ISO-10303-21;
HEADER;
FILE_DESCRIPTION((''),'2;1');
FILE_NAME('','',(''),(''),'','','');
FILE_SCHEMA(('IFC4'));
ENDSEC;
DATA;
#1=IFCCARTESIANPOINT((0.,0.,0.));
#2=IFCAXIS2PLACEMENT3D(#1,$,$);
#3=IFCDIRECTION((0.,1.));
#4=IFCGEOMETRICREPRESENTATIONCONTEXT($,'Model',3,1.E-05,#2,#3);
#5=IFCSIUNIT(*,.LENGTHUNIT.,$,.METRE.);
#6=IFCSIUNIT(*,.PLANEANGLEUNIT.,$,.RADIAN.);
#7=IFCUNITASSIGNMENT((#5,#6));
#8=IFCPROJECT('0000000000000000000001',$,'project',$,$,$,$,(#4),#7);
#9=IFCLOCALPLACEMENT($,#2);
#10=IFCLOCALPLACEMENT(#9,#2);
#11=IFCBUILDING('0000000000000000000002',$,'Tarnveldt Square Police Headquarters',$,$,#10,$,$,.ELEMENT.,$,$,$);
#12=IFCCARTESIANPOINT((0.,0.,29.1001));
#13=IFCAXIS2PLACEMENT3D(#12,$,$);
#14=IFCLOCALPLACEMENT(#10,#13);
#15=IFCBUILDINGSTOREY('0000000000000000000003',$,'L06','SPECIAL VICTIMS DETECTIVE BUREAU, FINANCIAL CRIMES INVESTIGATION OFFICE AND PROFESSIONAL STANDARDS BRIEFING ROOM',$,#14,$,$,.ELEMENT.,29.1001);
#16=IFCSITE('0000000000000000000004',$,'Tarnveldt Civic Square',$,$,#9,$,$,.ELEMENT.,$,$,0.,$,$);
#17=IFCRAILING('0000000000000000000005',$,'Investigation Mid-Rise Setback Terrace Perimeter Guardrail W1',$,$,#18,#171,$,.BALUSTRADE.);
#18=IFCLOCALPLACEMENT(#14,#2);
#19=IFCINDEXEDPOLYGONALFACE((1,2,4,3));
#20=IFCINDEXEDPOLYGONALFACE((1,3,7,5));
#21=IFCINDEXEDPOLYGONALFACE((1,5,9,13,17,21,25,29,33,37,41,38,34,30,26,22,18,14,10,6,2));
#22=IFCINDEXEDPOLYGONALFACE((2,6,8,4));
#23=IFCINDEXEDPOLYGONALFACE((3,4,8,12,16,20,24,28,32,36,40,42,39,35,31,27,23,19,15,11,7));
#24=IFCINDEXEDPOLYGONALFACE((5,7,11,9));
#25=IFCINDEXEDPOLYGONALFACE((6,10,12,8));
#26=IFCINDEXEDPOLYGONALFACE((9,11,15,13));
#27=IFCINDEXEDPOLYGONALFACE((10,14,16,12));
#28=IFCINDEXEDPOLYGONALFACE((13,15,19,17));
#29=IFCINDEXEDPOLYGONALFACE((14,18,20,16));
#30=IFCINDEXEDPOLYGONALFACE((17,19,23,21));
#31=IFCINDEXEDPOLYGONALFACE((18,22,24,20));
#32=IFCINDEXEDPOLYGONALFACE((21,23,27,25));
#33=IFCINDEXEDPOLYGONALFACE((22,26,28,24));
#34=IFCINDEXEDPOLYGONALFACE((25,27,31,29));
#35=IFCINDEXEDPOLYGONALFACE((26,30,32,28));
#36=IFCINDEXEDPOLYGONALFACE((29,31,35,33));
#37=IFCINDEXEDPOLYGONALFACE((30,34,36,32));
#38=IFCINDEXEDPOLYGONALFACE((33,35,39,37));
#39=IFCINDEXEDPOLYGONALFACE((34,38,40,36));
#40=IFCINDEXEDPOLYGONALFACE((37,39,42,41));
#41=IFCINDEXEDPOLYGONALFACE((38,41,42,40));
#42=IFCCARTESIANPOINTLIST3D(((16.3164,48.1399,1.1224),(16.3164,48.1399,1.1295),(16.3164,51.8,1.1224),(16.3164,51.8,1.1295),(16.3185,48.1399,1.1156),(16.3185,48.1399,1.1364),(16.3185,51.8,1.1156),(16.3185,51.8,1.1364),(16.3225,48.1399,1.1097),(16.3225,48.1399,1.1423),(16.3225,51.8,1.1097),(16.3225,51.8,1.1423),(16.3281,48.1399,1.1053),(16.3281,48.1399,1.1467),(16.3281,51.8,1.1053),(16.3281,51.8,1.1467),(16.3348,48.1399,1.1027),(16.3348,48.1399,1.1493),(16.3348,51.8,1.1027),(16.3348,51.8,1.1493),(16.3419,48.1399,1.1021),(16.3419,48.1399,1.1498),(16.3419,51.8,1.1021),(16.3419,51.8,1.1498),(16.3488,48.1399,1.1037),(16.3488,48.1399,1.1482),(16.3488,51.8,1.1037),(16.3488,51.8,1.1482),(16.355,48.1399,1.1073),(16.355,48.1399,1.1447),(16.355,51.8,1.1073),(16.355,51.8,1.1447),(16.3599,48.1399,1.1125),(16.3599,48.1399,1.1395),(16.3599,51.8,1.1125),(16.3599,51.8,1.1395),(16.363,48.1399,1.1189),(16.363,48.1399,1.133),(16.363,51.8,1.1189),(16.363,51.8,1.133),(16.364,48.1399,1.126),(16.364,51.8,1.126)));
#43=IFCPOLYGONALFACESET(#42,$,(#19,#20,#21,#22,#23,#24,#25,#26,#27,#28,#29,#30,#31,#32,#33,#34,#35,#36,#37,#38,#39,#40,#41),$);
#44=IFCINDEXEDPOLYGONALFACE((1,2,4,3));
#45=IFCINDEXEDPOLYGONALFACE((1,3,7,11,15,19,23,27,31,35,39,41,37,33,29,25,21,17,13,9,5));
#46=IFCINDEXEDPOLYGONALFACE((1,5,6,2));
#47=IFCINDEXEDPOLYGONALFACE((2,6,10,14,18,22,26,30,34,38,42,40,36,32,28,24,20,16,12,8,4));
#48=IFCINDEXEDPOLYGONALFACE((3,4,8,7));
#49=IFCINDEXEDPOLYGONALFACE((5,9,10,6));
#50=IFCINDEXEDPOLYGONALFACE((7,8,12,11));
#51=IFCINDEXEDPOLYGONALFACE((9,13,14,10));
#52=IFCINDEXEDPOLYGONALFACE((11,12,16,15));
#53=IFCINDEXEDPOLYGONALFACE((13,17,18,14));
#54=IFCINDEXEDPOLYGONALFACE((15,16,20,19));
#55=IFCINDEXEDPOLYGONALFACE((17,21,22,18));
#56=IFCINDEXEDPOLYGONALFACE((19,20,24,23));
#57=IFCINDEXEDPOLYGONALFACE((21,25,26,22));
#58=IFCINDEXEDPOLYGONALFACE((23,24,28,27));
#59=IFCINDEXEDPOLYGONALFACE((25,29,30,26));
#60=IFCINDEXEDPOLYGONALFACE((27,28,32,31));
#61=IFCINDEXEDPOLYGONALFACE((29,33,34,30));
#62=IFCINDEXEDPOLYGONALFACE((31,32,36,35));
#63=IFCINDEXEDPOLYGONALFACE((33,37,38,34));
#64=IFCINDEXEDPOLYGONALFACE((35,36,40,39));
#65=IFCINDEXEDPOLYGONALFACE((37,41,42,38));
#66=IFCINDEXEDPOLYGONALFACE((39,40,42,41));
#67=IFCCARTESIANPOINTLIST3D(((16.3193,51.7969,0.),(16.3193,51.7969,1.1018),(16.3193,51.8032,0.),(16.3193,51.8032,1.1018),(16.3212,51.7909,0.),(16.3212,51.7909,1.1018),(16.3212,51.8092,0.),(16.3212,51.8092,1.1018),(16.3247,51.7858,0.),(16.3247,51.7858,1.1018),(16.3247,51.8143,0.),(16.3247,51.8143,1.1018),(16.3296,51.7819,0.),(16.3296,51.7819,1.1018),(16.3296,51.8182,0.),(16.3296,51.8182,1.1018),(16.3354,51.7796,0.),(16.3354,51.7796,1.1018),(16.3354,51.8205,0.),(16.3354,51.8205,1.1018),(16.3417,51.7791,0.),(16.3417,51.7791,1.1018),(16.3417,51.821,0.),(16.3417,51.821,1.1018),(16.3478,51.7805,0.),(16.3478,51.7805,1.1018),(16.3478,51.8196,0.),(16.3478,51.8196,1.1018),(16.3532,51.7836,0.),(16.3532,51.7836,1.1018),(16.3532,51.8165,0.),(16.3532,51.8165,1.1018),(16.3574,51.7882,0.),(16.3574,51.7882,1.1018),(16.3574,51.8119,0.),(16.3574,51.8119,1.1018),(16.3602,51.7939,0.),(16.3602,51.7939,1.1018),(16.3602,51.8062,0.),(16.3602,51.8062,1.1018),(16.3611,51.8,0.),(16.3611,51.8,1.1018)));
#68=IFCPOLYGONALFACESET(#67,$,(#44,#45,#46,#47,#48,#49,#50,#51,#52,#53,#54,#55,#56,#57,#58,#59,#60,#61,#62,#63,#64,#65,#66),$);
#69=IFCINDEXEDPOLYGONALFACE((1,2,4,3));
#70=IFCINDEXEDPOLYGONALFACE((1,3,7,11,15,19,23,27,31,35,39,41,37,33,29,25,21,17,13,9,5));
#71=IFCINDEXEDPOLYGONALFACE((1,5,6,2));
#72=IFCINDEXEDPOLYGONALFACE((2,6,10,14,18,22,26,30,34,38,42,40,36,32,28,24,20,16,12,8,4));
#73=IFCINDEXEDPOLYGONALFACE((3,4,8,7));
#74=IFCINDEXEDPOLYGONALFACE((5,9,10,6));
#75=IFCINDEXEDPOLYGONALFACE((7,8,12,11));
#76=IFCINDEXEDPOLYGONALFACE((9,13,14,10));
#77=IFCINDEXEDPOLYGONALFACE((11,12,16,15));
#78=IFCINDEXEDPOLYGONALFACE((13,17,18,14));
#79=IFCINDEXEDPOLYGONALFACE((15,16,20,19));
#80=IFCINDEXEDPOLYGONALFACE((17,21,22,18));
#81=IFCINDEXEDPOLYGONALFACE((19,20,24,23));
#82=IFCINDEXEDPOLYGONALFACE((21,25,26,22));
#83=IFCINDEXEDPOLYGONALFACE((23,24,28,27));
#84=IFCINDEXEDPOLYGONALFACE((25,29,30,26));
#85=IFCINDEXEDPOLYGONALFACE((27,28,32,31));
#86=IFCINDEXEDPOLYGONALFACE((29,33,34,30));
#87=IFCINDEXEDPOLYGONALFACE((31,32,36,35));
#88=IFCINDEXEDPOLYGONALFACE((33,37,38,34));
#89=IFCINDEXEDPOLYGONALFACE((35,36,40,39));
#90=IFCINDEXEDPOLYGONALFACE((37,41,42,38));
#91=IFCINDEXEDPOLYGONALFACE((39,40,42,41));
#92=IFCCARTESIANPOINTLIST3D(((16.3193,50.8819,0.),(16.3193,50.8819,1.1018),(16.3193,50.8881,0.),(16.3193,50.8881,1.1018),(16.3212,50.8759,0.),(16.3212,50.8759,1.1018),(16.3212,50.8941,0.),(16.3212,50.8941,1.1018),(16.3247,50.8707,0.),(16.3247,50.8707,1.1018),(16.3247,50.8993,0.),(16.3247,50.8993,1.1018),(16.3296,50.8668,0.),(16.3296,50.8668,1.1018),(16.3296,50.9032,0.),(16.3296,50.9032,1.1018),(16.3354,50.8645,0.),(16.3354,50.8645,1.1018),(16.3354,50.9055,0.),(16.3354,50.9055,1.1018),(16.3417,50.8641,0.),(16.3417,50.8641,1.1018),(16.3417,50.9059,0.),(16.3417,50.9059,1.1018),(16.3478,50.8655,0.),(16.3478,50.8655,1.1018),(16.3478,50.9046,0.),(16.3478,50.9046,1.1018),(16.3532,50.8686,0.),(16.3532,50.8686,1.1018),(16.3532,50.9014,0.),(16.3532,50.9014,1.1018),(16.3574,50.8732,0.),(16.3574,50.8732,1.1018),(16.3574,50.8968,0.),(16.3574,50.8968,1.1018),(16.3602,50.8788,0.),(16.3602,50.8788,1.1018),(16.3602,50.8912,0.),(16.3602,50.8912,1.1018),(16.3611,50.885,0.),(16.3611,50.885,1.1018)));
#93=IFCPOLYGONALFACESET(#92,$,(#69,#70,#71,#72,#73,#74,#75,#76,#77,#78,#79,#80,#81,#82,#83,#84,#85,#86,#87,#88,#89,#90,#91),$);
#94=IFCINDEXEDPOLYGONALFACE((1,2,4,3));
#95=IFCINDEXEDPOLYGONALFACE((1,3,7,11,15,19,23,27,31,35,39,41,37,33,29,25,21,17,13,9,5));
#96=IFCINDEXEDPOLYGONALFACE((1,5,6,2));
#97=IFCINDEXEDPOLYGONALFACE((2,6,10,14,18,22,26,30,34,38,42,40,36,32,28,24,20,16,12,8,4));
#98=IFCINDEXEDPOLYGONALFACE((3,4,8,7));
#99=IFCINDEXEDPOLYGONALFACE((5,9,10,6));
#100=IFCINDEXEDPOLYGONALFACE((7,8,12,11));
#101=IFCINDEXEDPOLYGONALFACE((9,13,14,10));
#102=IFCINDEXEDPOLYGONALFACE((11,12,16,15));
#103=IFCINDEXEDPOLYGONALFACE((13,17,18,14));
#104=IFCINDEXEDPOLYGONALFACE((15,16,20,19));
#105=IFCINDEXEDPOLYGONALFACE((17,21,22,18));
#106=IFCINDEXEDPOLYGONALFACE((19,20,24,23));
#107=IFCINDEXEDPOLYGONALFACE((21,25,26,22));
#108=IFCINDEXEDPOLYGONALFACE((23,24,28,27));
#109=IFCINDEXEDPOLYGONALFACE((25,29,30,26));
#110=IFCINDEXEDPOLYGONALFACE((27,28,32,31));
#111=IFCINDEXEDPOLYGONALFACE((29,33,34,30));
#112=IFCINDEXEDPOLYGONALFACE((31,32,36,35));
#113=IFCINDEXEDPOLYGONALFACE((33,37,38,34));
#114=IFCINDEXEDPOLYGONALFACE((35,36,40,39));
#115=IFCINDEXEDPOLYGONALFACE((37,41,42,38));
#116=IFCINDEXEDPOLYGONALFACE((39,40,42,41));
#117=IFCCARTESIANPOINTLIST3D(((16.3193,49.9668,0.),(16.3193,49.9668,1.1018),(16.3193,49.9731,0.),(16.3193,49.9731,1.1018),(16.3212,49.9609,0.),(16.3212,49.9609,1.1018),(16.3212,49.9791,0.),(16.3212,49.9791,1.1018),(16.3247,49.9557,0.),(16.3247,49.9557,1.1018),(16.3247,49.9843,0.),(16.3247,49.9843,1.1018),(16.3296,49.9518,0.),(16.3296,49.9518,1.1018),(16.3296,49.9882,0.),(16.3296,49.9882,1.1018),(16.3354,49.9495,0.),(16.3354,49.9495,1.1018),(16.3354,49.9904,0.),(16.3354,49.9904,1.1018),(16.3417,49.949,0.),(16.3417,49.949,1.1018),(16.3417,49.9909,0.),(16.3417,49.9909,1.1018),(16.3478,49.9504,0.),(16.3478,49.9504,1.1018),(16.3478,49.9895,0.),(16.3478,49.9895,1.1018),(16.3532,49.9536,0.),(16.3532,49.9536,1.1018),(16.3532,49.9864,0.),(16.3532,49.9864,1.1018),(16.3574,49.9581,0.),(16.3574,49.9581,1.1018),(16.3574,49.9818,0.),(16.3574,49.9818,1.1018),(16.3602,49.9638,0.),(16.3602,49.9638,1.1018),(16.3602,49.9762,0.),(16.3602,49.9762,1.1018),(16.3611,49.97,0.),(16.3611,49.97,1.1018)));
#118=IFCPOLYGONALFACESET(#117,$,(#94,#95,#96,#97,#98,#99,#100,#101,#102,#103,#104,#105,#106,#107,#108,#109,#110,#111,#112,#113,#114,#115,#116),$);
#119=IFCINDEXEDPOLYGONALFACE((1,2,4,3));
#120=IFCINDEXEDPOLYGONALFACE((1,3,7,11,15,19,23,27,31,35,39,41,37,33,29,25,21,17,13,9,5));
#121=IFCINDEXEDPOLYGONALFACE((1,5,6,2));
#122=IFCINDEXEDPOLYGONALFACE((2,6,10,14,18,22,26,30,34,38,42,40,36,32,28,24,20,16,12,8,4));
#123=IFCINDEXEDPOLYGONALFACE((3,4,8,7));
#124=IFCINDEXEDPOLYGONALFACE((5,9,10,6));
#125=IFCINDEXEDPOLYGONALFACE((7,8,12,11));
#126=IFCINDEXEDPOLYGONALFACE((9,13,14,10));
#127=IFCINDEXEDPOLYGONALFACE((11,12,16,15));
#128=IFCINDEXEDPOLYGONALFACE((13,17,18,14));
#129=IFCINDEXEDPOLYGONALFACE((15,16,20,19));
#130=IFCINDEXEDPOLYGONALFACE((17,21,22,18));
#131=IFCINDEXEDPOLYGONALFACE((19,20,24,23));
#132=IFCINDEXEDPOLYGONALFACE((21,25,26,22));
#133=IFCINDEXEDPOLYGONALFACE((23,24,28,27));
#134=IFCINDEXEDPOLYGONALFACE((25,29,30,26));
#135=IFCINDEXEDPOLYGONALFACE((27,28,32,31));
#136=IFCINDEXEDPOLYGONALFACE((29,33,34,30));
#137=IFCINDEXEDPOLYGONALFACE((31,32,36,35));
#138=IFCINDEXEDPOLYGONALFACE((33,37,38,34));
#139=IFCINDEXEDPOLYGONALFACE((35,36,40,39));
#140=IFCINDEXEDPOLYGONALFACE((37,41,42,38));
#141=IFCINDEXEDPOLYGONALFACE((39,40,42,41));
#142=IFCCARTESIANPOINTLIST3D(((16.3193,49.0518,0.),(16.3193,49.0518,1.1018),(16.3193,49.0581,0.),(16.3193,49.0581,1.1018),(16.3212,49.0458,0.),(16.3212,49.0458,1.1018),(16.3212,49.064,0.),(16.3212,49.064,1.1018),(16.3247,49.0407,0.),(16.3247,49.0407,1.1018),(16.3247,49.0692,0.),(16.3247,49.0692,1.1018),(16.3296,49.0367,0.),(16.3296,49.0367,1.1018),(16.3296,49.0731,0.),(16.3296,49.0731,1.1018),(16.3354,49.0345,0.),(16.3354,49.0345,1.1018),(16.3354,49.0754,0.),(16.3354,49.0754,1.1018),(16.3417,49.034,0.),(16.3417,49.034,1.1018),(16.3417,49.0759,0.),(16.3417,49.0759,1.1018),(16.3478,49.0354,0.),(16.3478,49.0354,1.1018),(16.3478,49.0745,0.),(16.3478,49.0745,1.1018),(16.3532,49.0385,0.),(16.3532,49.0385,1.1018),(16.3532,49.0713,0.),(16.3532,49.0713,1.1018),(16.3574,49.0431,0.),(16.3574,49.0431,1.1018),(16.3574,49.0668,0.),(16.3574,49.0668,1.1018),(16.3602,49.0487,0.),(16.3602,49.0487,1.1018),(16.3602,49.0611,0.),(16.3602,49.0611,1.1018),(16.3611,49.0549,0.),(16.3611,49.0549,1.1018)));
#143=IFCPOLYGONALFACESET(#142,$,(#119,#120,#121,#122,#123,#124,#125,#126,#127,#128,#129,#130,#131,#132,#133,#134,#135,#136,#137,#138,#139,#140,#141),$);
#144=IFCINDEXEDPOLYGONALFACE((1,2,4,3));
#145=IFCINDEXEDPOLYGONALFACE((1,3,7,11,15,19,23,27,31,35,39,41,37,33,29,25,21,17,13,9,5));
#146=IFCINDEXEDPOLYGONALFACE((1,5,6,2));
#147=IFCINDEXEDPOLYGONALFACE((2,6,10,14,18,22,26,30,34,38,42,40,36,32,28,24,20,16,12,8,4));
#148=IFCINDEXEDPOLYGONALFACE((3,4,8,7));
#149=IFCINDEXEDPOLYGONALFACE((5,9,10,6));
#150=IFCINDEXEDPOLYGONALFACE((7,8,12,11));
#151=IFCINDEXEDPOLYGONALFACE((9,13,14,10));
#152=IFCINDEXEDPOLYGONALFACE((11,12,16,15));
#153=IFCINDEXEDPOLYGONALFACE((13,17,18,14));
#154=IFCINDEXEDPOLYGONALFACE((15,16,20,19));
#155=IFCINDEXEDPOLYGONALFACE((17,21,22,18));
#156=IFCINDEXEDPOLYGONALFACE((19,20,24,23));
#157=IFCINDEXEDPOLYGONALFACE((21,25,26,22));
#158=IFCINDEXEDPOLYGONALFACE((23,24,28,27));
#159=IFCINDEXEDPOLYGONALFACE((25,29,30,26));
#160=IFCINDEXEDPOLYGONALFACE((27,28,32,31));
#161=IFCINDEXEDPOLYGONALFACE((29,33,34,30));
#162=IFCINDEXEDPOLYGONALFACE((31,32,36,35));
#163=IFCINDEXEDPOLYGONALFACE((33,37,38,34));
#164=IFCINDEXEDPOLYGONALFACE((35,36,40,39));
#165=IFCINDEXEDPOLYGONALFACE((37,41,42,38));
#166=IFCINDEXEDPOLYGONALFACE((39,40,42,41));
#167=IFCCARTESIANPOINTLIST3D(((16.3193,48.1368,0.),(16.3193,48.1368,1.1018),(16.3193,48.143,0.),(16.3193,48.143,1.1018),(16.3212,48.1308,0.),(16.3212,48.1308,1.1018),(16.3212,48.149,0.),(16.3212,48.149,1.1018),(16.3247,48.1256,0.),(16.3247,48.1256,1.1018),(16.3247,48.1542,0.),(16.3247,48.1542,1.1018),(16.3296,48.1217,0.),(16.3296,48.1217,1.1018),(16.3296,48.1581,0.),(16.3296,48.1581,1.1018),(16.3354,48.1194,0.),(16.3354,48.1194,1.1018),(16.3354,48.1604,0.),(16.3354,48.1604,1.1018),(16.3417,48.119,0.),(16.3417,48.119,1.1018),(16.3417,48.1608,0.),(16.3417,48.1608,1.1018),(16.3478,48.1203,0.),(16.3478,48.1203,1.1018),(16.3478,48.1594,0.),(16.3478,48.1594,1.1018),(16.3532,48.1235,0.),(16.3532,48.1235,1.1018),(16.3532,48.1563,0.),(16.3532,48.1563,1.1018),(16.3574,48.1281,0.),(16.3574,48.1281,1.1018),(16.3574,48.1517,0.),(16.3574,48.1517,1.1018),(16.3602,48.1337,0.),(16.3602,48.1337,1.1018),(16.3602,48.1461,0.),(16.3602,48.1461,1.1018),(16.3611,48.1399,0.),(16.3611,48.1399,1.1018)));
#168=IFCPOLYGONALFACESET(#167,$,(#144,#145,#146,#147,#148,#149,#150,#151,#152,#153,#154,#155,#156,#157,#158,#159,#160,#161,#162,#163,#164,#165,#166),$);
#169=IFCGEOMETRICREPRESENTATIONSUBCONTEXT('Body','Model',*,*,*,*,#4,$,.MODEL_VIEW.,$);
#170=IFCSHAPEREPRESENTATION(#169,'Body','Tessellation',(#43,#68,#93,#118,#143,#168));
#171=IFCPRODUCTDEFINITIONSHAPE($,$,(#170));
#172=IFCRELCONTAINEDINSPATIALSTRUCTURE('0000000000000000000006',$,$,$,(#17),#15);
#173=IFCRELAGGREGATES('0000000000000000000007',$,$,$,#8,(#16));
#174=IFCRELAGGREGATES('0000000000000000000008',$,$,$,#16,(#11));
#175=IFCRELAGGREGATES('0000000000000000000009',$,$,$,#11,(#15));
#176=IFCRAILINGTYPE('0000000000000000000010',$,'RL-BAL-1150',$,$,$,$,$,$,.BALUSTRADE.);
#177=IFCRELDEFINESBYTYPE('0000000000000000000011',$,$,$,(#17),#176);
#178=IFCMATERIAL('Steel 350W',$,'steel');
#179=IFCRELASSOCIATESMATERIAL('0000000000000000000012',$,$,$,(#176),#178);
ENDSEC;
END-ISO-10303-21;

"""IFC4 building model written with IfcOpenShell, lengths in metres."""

from ifc_helpers import new_model, si_unit, direction, frame, origin, origin_2d, place, context, subcontext, project, spatial, circle, extrude, material, type_object, element, save


model = new_model("IFC4")

# Units and contexts
model_context = context("Model", 3, precision=1e-05, world=origin(), true_north=direction((0.0, 1.0)))
body_context = subcontext(model_context, "Body", "Model", "MODEL_VIEW")
ifc_project = project(units=[si_unit("LENGTHUNIT", "METRE"), si_unit("PLANEANGLEUNIT", "RADIAN")], contexts=[model_context])

# Site, building, storey
site_placement = place(None, origin())
site = spatial("IfcSite", under=ifc_project, at=site_placement, Name="Tarnveldt Civic Square", CompositionType="ELEMENT", RefElevation=0.0)
building_placement = place(site_placement, origin())
building = spatial("IfcBuilding", under=site, at=building_placement, Name="Tarnveldt Square Police Headquarters", CompositionType="ELEMENT")
storey_placement = place(building_placement, frame((0.0, 0.0, 29.1001)))
storey = spatial("IfcBuildingStorey", under=building, at=storey_placement, Name="L06", Description="SPECIAL VICTIMS DETECTIVE BUREAU, FINANCIAL CRIMES INVESTIGATION OFFICE AND PROFESSIONAL STANDARDS BRIEFING ROOM", CompositionType="ELEMENT", Elevation=29.1001)

# Shared definitions
ifc_material_1 = material(Name="Steel 350W", Category="steel")

# Railing
railing_type = type_object("IfcRailingType", Name="RL-BAL-1150", PredefinedType="BALUSTRADE", material=ifc_material_1)
railing_1_placement = place(storey_placement, frame((16.3401, 51.8, 0.0)))
element("IfcRailing", 1, at=railing_1_placement, inside=storey, type_object=railing_type, Name="Investigation Mid-Rise Setback Terrace Perimeter Guardrail W1", PredefinedType="BALUSTRADE", context=body_context, shape_type="SweptSolid", body=[
    extrude(circle(Radius=0.0239, at=origin_2d()), frame((0.0, 0.0, 1.126), z_axis=(0.0, -1.0, 0.0), x_axis=(1.0, 0.0, 0.0)), (0.0, 0.0, 1.0), 3.6602),
    extrude(circle(Radius=0.021, at=origin_2d()), origin(), (0.0, 0.0, 1.0), 1.1018),
    extrude(circle(Radius=0.021, at=origin_2d()), frame((0.0, -0.915, 0.0)), (0.0, 0.0, 1.0), 1.1018),
    extrude(circle(Radius=0.021, at=origin_2d()), frame((0.0, -1.8301, 0.0)), (0.0, 0.0, 1.0), 1.1018),
    extrude(circle(Radius=0.021, at=origin_2d()), frame((0.0, -2.7451, 0.0)), (0.0, 0.0, 1.0), 1.1018),
    extrude(circle(Radius=0.021, at=origin_2d()), frame((0.0, -3.6602, 0.0)), (0.0, 0.0, 1.0), 1.1018),
])

save(model, "model.ifc")
